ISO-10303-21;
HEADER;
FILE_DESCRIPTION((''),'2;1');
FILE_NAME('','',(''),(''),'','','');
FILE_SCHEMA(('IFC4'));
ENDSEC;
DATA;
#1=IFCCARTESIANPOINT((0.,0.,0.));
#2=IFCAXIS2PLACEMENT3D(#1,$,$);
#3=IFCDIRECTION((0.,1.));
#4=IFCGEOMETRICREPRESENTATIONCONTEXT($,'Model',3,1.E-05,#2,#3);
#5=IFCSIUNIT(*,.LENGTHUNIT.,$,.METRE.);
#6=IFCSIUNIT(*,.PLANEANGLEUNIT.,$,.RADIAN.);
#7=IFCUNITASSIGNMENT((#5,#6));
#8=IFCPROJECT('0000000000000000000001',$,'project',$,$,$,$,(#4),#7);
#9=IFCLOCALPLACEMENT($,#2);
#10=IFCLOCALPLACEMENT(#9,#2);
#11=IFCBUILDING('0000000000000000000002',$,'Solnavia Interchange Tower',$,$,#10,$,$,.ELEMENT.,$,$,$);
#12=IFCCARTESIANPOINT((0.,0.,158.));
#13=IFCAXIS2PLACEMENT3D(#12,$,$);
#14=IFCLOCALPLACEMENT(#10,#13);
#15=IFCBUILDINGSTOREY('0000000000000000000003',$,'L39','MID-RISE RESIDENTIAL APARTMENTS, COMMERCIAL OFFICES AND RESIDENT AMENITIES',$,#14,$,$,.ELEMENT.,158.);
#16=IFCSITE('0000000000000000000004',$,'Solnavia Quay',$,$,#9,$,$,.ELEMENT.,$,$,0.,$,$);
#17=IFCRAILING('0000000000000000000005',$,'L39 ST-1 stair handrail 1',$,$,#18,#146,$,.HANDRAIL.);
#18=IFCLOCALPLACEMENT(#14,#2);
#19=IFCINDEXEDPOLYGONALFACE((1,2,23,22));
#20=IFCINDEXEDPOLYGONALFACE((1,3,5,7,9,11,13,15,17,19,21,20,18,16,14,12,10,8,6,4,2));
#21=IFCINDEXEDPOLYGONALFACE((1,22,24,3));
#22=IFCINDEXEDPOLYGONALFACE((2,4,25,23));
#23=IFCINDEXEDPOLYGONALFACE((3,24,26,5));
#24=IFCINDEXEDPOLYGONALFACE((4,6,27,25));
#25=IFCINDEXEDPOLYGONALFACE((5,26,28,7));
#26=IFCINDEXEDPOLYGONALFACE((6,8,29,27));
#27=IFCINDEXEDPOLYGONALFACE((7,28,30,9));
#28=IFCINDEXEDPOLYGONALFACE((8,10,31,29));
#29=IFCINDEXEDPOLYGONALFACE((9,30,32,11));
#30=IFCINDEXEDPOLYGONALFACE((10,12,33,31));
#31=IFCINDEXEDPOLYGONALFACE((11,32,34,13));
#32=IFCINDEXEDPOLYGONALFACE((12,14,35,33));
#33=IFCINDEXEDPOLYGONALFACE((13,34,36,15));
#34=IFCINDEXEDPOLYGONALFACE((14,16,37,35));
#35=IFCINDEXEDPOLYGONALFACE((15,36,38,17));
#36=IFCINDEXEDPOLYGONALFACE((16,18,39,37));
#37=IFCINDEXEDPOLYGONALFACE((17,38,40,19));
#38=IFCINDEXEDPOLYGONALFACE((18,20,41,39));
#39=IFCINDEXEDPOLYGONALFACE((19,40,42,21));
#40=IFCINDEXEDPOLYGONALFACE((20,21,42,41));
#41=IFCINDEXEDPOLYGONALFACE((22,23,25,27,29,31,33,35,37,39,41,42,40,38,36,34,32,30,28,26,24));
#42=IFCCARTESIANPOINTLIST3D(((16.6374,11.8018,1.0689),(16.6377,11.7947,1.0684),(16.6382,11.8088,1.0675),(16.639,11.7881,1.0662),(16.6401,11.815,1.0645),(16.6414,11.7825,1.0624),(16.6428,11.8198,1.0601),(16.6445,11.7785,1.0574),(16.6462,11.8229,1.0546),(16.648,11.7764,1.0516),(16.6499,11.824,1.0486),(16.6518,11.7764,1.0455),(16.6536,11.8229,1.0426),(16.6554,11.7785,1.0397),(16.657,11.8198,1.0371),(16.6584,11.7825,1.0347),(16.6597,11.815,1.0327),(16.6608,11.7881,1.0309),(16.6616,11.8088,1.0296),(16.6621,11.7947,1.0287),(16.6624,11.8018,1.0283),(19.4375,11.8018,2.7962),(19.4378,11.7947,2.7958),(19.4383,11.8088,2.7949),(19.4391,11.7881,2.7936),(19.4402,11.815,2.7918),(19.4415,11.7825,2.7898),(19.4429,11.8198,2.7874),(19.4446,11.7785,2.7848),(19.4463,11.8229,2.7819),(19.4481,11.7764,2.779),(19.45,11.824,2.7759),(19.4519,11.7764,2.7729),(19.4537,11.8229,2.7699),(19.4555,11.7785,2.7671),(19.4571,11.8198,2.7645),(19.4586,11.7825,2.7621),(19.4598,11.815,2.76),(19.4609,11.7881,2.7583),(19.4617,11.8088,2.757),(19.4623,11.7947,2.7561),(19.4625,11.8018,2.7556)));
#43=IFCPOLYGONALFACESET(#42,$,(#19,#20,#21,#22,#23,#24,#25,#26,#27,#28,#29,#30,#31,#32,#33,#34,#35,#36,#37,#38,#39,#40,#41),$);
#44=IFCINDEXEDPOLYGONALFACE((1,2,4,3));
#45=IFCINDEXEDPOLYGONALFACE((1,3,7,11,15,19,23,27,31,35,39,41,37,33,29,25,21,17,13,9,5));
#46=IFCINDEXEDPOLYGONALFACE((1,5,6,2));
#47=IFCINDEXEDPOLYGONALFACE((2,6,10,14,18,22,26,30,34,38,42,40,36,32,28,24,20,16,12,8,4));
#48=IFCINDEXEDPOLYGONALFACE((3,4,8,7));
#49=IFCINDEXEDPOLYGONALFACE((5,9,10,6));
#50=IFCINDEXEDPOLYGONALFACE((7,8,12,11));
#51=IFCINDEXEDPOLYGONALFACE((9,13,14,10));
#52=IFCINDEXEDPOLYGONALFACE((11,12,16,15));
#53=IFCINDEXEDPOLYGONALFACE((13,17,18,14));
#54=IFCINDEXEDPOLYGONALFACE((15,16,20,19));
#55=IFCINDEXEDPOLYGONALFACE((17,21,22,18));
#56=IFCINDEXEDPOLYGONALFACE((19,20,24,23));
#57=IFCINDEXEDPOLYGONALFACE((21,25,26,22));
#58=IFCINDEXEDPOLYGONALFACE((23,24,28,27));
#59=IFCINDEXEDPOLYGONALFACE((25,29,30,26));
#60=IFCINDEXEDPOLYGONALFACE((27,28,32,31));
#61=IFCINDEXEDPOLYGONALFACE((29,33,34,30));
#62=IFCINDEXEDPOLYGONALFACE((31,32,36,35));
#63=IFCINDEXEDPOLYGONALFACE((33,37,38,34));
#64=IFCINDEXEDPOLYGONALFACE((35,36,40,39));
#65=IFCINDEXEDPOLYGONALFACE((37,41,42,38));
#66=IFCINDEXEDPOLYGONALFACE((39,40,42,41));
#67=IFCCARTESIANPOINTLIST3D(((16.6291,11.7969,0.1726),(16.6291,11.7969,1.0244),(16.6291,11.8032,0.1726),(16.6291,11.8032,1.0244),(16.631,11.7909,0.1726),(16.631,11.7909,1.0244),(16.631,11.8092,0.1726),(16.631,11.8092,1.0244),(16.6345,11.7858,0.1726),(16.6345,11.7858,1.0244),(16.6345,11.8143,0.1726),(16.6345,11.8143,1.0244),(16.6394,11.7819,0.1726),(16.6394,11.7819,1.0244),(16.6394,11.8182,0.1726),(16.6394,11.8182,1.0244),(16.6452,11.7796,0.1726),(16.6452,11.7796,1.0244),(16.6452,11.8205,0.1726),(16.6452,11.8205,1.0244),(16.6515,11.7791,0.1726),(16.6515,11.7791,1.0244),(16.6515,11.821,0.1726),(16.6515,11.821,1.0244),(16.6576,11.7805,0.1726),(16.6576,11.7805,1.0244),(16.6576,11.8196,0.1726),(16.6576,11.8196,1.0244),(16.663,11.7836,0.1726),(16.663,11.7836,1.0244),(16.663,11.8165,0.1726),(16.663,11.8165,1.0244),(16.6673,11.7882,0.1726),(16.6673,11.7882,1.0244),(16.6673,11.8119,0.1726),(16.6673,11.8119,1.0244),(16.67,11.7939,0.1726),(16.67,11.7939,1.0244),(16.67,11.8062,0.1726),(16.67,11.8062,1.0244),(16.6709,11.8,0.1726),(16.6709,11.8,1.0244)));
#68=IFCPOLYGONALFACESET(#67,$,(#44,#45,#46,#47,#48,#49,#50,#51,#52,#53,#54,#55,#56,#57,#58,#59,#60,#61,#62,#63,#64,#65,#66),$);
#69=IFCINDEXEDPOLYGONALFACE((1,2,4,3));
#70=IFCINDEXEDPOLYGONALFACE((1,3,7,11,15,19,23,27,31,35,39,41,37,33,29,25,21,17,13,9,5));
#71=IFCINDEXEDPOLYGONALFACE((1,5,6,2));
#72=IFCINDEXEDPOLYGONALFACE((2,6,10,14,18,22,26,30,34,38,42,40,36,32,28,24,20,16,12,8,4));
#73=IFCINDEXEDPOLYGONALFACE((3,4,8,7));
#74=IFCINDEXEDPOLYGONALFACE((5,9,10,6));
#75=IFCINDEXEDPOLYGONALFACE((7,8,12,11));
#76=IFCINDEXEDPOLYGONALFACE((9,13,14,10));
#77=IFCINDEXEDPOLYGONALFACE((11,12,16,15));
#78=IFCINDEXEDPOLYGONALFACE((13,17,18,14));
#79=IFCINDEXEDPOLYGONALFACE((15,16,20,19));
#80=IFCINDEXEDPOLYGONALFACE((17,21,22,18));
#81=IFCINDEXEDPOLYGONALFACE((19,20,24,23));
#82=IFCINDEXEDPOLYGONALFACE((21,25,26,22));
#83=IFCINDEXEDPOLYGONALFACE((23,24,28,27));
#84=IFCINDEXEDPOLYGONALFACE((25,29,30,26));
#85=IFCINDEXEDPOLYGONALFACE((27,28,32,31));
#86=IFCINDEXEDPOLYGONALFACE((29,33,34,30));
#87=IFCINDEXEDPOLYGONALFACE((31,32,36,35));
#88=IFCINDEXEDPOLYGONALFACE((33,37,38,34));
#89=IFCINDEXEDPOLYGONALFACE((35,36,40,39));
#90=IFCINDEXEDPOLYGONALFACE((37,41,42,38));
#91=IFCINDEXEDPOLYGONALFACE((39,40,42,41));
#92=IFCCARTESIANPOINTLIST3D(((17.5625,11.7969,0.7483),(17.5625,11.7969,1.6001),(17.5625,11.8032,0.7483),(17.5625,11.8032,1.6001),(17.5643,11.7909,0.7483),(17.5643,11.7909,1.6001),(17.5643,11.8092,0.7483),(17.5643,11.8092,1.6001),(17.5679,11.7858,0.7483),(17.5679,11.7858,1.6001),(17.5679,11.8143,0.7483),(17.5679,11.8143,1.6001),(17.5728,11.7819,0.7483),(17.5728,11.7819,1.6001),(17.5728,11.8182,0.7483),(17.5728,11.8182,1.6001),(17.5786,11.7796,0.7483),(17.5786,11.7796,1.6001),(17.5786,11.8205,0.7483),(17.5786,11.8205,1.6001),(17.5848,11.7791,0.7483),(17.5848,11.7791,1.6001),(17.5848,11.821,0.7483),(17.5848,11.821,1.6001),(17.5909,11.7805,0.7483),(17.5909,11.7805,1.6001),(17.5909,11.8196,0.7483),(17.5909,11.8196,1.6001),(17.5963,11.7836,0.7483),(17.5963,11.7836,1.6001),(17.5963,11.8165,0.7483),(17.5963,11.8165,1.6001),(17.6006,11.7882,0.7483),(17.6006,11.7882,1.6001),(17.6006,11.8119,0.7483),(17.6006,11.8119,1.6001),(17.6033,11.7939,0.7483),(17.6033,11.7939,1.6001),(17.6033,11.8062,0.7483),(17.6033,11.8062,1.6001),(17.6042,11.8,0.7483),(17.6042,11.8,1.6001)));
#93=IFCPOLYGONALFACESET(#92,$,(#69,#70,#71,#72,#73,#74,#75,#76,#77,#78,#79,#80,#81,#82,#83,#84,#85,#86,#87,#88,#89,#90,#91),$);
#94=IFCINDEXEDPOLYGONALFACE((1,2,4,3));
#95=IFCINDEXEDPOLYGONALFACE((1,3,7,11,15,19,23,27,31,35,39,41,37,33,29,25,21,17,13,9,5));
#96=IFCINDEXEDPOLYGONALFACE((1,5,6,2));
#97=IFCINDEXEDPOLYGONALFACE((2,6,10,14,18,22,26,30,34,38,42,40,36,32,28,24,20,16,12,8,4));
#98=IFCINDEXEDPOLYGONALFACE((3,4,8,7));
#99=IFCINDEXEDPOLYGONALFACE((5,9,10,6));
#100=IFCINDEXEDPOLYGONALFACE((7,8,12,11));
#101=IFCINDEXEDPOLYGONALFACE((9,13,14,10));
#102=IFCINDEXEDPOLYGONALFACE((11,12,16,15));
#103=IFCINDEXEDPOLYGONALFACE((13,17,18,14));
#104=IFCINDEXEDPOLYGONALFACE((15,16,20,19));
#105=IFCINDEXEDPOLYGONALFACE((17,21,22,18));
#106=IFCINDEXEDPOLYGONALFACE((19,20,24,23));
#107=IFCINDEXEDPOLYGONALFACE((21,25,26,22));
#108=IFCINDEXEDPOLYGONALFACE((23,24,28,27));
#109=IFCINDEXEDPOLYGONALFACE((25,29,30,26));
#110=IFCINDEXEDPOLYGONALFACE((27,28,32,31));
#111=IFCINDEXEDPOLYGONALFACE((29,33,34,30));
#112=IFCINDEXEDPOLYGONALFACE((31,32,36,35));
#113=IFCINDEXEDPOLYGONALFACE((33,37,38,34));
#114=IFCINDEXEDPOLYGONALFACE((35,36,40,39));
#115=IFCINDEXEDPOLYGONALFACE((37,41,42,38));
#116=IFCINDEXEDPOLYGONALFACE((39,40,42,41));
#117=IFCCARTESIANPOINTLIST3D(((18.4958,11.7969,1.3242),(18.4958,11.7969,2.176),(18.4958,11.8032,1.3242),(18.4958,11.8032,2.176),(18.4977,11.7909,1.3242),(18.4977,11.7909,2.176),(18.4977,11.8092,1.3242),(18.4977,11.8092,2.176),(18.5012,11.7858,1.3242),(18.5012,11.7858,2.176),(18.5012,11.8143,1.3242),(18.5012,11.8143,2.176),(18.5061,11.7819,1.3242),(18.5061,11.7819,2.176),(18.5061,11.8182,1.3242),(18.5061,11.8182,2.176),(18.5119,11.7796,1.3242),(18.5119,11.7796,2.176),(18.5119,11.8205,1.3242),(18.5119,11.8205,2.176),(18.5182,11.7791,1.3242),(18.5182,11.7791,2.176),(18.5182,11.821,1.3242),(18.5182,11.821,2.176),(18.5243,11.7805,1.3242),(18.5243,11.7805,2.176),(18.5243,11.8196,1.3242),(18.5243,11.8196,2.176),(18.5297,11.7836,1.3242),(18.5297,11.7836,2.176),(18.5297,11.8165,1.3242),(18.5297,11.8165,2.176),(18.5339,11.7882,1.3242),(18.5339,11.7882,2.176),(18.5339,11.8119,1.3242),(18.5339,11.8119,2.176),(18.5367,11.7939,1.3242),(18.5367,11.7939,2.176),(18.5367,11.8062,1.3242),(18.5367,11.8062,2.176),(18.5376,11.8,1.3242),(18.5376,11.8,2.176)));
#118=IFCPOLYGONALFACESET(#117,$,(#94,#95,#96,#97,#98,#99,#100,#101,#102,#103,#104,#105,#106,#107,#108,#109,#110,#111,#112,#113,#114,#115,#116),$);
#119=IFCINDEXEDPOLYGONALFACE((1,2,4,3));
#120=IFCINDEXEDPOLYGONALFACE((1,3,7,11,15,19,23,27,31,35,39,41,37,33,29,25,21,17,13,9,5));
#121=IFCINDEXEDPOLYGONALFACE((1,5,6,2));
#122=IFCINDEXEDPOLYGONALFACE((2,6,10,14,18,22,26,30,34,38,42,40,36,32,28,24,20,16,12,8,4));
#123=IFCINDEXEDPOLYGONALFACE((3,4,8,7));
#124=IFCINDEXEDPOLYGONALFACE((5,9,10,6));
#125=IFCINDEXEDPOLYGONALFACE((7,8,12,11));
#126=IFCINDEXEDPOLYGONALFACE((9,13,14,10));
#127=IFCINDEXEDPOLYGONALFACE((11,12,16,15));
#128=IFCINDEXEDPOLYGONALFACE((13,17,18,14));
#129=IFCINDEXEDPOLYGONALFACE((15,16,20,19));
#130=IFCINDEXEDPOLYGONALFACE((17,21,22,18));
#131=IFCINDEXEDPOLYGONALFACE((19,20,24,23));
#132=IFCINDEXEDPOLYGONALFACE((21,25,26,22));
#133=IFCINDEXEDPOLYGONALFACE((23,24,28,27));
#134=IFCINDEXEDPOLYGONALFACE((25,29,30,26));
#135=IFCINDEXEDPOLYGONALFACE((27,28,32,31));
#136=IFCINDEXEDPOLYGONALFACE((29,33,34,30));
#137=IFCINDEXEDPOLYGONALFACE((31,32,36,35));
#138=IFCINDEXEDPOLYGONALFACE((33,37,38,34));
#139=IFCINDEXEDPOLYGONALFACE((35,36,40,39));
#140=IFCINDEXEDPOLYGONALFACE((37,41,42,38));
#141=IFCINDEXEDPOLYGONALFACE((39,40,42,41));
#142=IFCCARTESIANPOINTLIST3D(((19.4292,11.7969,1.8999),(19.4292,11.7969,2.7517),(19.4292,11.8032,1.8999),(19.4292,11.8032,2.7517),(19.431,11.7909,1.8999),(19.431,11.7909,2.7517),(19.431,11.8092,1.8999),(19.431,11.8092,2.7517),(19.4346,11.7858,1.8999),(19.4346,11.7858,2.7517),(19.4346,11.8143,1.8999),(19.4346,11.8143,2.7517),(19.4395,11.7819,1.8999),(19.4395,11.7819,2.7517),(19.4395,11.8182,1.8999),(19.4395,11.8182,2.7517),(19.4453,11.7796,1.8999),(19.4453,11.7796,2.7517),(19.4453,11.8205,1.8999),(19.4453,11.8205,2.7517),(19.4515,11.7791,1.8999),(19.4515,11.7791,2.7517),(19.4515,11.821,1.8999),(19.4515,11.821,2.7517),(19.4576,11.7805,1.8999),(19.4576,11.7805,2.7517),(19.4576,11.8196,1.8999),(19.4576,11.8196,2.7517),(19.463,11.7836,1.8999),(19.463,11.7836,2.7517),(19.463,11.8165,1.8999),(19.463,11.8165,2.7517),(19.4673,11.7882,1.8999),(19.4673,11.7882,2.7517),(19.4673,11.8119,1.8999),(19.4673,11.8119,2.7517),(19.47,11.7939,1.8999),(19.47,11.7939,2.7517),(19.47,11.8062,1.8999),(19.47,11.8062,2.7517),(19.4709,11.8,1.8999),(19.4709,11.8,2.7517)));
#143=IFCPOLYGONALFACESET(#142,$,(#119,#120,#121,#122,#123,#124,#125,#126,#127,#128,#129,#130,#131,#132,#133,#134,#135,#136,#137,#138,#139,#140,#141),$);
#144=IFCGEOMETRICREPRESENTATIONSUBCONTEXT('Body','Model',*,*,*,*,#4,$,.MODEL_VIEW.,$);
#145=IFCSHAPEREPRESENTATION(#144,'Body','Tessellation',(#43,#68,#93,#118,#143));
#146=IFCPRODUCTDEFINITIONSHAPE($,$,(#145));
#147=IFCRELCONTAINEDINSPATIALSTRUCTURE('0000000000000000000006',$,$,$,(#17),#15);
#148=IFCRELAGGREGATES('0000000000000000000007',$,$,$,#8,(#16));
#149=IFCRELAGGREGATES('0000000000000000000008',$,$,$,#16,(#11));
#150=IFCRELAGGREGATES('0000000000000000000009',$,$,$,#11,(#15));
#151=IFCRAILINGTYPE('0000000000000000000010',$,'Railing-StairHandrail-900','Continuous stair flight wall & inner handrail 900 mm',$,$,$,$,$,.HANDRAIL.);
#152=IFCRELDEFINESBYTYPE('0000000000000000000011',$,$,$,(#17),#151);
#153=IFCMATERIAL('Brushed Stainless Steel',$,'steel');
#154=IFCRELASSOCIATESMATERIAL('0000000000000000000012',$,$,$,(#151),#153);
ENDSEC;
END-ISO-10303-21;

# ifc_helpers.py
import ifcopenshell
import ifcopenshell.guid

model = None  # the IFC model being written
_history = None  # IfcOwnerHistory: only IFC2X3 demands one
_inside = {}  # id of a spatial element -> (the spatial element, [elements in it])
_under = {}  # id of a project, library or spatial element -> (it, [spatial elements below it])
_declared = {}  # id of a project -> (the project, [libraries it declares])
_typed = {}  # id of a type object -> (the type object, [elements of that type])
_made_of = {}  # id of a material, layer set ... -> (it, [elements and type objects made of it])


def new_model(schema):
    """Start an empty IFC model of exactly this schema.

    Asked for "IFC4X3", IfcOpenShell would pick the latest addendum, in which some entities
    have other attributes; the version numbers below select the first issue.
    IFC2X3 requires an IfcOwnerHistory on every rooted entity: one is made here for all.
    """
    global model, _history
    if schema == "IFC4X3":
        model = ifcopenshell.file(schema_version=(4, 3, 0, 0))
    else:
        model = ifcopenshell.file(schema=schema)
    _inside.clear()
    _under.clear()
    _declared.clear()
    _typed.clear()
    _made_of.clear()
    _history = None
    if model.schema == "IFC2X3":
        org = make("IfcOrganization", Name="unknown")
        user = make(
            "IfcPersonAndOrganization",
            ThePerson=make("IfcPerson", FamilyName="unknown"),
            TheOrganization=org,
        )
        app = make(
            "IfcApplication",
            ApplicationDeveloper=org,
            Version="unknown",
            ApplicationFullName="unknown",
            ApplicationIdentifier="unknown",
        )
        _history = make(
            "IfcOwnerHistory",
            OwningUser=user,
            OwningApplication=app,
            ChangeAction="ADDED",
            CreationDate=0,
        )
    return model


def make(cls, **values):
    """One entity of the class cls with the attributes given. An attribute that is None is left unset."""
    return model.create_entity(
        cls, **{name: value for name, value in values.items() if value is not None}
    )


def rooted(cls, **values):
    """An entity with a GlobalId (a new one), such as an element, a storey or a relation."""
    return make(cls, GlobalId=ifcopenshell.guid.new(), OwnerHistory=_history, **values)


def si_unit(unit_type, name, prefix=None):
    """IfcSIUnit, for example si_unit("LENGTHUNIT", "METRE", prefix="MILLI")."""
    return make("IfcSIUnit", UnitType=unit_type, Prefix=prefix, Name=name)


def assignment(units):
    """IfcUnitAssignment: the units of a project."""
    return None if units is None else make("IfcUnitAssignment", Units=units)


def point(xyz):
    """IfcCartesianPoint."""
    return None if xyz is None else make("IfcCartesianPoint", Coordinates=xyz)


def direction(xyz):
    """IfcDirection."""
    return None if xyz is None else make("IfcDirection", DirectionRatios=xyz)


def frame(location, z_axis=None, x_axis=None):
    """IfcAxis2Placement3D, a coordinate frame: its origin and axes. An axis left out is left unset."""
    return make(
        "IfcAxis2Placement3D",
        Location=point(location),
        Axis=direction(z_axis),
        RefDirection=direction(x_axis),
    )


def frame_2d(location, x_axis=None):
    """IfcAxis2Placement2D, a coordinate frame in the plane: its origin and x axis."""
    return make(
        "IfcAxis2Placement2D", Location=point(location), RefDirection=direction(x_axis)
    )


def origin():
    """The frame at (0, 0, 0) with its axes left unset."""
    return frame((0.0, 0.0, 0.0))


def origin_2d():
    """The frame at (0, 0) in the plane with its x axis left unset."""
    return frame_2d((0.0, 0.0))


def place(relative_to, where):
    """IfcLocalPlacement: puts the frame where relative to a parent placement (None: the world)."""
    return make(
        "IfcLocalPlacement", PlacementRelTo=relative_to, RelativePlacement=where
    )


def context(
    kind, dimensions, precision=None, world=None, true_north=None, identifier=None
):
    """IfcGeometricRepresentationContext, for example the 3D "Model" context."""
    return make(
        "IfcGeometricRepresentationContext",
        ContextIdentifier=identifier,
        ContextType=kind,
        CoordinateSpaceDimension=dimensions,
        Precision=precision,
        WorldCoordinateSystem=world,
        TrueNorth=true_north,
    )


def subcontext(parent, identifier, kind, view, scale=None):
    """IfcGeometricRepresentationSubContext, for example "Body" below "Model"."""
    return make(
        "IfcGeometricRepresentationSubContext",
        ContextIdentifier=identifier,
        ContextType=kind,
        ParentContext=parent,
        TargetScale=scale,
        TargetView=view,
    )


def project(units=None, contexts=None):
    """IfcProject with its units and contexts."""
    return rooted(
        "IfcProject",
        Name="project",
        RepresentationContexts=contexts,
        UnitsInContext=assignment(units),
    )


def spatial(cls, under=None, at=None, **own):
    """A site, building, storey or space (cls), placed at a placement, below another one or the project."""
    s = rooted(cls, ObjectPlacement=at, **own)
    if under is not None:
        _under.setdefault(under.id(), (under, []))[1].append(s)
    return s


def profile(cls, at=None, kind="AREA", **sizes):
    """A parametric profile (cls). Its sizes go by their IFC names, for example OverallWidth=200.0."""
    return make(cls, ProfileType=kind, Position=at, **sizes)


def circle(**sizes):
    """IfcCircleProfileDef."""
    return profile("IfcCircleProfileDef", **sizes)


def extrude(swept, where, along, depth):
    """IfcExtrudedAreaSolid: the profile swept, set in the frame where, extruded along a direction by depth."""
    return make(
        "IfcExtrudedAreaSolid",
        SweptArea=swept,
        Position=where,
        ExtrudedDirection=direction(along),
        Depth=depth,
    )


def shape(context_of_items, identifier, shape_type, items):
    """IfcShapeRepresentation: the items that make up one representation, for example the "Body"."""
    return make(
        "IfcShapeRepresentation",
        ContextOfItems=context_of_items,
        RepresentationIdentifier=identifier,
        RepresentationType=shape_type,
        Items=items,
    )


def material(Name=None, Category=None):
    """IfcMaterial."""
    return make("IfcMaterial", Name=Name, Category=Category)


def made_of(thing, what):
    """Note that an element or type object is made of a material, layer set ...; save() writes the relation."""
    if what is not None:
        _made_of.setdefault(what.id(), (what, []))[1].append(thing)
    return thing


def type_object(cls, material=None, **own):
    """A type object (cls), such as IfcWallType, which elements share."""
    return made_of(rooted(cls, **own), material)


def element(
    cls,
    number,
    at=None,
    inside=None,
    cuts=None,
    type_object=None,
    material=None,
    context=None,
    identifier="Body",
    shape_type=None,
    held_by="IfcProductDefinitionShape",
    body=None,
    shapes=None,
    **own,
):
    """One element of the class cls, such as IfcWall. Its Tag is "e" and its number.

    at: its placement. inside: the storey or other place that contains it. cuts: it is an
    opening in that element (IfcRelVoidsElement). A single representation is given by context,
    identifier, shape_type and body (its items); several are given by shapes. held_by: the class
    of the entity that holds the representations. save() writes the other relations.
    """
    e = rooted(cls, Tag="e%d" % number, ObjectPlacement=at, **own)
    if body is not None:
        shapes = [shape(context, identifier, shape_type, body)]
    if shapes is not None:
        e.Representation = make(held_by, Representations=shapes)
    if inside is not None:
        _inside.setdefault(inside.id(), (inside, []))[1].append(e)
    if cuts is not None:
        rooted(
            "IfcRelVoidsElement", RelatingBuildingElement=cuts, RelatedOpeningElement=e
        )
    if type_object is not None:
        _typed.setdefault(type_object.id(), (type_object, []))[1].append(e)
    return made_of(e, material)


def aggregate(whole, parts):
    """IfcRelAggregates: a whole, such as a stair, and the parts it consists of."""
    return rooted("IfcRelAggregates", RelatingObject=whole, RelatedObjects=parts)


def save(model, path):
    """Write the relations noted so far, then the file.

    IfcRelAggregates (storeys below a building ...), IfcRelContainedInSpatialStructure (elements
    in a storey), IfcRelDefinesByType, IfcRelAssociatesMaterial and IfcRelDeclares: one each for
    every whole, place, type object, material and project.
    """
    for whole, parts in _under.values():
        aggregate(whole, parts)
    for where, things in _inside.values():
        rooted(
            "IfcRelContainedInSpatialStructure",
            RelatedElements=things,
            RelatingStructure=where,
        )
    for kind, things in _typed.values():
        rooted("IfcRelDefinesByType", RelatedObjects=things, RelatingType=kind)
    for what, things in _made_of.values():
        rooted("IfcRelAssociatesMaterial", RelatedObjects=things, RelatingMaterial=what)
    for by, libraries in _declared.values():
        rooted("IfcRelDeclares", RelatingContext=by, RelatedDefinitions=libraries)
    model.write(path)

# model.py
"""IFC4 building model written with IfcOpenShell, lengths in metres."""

from ifc_helpers import new_model, si_unit, direction, frame, origin, origin_2d, place, context, subcontext, project, spatial, circle, extrude, material, type_object, element, save


model = new_model("IFC4")

# Units and contexts
model_context = context("Model", 3, precision=1e-05, world=origin(), true_north=direction((0.0, 1.0)))
body_context = subcontext(model_context, "Body", "Model", "MODEL_VIEW")
ifc_project = project(units=[si_unit("LENGTHUNIT", "METRE"), si_unit("PLANEANGLEUNIT", "RADIAN")], contexts=[model_context])

# Site, building, storey
site_placement = place(None, origin())
site = spatial("IfcSite", under=ifc_project, at=site_placement, Name="Solnavia Quay", CompositionType="ELEMENT", RefElevation=0.0)
building_placement = place(site_placement, origin())
building = spatial("IfcBuilding", under=site, at=building_placement, Name="Solnavia Interchange Tower", CompositionType="ELEMENT")
storey_placement = place(building_placement, frame((0.0, 0.0, 158.0)))
storey = spatial("IfcBuildingStorey", under=building, at=storey_placement, Name="L39", Description="MID-RISE RESIDENTIAL APARTMENTS, COMMERCIAL OFFICES AND RESIDENT AMENITIES", CompositionType="ELEMENT", Elevation=158.0)

# Railing
ifc_material_1 = material(Name="Brushed Stainless Steel", Category="steel")
railing_type_1 = type_object("IfcRailingType", Name="Railing-StairHandrail-900", Description="Continuous stair flight wall & inner handrail 900 mm", PredefinedType="HANDRAIL", material=ifc_material_1)
railing_1_placement = place(storey_placement, frame((16.6499, 11.8, 0.1726)))
element("IfcRailing", 1, at=railing_1_placement, inside=storey, type_object=railing_type_1, Name="L39 ST-1 stair handrail 1", PredefinedType="HANDRAIL", context=body_context, shape_type="SweptSolid", body=[
    extrude(circle(Radius=0.0239, at=origin_2d()), frame((0.0, 0.0, 0.876), z_axis=(0.85109, 0.0, 0.52502), x_axis=(0.0, 1.0, 0.0)), (0.0, 0.0, 1.0), 3.29),
    extrude(circle(Radius=0.021, at=origin_2d()), origin(), (0.0, 0.0, 1.0), 0.8518),
    extrude(circle(Radius=0.021, at=origin_2d()), frame((0.9333, 0.0, 0.5757)), (0.0, 0.0, 1.0), 0.8518),
    extrude(circle(Radius=0.021, at=origin_2d()), frame((1.8667, 0.0, 1.1516)), (0.0, 0.0, 1.0), 0.8518),
    extrude(circle(Radius=0.021, at=origin_2d()), frame((2.8, 0.0, 1.7273)), (0.0, 0.0, 1.0), 0.8518),
])

save(model, "model.ifc")
